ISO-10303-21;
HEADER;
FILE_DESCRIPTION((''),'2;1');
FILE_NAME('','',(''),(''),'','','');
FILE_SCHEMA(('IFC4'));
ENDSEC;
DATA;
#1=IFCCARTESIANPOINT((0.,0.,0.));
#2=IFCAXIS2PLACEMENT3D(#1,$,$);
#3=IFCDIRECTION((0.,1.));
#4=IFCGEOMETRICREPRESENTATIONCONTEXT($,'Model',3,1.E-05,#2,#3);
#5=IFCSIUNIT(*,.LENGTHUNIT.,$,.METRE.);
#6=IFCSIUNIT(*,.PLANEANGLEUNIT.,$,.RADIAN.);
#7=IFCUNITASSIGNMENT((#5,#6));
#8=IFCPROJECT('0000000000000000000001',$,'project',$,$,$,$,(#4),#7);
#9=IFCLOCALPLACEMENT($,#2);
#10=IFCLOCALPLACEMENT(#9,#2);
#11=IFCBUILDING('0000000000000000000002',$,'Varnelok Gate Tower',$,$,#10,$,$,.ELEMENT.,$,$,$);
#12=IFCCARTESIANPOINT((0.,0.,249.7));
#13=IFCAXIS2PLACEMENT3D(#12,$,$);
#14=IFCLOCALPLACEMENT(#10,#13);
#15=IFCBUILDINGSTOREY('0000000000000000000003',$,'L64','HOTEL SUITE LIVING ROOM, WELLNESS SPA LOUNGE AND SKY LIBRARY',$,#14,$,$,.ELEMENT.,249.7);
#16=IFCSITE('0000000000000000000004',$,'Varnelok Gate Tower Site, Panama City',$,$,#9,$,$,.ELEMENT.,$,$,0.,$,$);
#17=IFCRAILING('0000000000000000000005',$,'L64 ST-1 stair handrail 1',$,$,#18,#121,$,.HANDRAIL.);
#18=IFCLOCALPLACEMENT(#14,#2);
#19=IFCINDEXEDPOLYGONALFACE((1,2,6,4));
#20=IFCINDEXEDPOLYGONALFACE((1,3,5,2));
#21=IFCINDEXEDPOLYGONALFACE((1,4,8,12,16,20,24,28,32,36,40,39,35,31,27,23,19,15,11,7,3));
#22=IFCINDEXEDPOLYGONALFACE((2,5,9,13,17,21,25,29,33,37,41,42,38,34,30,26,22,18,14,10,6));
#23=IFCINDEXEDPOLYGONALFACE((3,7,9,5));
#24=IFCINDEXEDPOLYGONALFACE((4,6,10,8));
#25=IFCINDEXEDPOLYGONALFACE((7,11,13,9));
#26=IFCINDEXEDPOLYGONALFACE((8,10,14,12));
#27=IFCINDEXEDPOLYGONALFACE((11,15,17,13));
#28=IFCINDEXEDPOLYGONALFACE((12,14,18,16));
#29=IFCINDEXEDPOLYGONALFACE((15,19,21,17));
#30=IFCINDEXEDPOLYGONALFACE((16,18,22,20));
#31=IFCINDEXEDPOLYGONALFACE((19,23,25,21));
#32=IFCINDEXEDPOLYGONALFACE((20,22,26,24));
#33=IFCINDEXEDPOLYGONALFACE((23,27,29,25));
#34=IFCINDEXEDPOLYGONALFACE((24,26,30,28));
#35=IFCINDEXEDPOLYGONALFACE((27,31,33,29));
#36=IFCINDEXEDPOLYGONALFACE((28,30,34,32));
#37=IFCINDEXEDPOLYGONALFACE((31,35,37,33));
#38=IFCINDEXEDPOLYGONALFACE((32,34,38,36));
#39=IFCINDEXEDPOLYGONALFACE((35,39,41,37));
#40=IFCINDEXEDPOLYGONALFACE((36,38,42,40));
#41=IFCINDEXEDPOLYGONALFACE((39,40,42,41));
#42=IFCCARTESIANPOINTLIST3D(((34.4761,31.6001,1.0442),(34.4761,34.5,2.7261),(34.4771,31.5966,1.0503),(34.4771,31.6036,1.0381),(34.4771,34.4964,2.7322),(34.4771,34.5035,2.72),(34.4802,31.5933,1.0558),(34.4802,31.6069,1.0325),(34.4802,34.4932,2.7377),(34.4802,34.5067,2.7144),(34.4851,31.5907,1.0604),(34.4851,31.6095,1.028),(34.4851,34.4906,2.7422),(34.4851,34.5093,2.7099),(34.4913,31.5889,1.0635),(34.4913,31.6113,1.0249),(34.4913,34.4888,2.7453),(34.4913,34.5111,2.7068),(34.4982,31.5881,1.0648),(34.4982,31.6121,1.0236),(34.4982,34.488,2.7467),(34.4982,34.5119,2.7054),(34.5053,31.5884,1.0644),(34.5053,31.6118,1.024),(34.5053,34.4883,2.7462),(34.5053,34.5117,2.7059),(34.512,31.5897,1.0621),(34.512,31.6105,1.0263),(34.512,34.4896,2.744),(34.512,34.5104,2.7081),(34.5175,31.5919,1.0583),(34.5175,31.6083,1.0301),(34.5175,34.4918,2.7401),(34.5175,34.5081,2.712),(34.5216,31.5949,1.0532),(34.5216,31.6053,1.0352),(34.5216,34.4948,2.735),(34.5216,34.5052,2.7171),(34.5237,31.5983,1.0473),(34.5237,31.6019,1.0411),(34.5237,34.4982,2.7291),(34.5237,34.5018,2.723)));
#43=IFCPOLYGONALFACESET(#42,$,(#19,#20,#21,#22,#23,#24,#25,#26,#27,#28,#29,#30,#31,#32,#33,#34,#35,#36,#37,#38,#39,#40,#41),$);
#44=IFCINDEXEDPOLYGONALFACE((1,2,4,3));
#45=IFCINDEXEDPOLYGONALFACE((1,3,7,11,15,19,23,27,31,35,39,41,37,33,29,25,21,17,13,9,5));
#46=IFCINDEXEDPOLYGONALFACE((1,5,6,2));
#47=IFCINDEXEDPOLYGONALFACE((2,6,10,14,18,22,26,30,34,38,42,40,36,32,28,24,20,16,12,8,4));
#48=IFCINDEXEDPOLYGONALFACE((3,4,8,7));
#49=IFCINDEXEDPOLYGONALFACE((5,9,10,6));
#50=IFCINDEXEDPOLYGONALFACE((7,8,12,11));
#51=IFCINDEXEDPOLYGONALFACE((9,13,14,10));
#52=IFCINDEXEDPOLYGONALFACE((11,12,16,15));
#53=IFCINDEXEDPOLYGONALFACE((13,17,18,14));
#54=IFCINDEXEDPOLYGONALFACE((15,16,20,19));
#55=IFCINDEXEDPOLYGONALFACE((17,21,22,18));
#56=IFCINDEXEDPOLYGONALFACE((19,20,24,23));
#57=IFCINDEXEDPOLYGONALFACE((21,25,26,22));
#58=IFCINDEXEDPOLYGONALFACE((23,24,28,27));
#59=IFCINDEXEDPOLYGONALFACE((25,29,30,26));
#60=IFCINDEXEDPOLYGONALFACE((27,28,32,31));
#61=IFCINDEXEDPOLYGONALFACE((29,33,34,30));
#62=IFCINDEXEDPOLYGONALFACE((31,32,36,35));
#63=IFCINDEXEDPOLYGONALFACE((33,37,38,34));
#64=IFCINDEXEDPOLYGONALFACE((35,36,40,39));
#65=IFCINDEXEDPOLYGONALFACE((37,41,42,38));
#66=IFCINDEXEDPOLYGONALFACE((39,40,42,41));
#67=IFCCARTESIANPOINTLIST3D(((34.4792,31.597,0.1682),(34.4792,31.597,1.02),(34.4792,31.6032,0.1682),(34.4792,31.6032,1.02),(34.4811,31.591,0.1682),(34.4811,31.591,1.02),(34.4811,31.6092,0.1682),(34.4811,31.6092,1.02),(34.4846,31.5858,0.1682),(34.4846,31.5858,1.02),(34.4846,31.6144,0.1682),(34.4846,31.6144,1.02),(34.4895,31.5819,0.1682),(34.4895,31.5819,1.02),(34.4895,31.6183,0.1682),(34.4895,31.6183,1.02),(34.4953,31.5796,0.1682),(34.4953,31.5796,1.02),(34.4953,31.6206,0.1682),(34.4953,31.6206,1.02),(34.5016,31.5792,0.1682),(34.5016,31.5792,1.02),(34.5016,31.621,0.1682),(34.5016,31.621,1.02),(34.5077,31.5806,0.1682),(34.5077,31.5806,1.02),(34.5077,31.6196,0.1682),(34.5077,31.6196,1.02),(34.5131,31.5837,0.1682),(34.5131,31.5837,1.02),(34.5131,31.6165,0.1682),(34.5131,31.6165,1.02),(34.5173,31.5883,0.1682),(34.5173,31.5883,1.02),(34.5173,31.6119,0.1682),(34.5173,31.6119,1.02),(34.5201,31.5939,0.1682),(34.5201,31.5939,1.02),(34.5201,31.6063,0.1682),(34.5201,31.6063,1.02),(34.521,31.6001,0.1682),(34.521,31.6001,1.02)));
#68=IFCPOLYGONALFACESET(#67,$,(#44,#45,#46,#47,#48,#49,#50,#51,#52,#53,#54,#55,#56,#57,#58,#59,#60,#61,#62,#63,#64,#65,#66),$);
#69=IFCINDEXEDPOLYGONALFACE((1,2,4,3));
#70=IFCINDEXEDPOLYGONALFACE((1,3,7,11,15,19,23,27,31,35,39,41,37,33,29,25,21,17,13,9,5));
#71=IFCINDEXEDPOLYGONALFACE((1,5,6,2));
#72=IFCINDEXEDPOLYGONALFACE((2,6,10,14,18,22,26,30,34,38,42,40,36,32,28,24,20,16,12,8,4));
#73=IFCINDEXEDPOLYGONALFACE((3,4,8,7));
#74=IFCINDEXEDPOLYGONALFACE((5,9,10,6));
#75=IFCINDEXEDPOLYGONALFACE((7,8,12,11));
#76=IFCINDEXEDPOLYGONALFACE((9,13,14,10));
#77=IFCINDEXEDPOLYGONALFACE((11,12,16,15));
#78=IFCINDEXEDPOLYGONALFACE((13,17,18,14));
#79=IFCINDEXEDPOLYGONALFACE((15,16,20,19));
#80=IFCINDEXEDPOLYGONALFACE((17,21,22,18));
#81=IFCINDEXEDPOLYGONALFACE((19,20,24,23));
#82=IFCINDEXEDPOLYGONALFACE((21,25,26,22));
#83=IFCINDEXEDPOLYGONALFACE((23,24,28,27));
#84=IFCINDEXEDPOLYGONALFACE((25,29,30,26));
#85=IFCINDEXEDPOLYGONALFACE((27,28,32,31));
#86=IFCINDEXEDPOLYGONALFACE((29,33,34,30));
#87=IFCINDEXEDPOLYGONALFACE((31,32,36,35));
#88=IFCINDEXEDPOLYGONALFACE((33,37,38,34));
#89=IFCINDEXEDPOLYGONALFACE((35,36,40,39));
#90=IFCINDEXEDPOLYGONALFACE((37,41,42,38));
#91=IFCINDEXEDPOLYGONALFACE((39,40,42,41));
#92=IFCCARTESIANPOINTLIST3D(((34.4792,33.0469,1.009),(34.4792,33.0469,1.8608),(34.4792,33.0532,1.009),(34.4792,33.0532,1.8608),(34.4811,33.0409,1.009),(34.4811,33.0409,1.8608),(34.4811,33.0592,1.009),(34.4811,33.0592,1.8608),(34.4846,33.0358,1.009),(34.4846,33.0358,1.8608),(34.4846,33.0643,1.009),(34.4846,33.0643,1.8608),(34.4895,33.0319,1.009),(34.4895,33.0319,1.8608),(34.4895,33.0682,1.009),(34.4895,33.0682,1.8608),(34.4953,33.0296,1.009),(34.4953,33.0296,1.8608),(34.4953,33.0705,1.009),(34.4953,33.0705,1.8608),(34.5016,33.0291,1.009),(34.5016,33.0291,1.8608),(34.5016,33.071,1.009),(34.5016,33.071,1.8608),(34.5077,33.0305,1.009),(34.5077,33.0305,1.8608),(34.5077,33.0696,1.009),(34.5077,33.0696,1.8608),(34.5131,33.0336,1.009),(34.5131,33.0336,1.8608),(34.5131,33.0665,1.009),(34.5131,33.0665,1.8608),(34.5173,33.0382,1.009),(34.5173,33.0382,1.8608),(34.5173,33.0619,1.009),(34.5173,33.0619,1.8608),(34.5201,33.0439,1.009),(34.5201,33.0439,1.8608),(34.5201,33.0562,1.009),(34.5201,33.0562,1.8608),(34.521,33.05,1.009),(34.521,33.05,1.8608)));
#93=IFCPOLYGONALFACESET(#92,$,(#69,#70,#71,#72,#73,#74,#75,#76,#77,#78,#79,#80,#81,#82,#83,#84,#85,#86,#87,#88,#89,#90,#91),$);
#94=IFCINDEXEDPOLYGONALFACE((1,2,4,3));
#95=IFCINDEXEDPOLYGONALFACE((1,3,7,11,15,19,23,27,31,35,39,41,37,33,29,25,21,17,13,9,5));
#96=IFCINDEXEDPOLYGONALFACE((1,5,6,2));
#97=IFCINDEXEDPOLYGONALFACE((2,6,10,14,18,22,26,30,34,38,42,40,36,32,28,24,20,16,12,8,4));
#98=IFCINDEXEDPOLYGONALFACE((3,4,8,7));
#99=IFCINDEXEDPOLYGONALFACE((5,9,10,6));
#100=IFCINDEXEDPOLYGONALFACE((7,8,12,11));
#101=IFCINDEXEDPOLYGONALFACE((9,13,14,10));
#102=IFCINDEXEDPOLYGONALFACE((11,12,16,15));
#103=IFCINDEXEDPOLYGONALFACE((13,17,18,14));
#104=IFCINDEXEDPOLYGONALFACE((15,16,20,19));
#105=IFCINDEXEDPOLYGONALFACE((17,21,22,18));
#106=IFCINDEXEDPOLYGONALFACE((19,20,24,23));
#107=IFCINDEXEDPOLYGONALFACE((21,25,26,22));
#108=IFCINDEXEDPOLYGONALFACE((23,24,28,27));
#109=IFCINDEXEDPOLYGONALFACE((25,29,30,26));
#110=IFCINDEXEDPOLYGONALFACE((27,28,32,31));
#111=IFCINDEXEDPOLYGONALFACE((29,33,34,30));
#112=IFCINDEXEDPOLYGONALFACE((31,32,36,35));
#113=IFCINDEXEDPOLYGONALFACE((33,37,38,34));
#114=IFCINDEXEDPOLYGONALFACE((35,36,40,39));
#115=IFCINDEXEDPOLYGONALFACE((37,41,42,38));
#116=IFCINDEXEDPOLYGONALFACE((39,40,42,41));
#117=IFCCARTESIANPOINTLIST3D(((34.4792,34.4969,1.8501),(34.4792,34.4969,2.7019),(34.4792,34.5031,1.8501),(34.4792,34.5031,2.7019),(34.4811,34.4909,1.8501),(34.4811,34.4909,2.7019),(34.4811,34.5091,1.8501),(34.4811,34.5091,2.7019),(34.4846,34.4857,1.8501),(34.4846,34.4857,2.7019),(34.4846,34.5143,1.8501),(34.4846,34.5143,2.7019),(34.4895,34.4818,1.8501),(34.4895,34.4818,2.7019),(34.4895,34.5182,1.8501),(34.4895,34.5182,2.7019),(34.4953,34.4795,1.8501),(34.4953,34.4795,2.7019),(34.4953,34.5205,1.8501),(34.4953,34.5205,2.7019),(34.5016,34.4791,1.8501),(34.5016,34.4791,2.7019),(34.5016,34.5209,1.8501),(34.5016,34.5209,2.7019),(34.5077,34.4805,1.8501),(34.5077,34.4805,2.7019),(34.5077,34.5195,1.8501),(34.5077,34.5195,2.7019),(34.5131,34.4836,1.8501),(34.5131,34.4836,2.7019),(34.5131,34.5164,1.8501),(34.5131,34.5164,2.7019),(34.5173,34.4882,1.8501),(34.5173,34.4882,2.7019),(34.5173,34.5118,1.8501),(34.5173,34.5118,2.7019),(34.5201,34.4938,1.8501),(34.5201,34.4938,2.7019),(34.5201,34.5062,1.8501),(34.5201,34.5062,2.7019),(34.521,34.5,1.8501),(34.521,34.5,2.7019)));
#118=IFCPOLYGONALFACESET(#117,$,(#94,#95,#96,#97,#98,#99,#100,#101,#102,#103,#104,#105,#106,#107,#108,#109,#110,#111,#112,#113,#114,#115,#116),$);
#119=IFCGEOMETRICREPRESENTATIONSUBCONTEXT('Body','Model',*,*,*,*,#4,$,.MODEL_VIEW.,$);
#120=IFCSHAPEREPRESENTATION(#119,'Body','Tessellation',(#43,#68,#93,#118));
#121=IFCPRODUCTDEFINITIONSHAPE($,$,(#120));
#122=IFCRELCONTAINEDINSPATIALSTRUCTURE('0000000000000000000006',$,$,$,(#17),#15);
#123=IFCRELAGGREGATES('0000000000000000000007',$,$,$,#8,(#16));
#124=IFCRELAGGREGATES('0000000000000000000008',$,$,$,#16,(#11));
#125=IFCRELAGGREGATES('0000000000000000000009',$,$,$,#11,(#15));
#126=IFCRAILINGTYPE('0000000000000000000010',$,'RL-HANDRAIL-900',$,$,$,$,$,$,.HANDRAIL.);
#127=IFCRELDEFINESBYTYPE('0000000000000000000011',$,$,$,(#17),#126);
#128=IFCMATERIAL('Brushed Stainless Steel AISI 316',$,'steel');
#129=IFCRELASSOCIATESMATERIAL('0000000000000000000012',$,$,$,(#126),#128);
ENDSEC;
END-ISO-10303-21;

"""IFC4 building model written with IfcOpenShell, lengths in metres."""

from ifc_helpers import new_model, si_unit, direction, frame, origin, origin_2d, place, context, subcontext, project, spatial, circle, extrude, material, type_object, element, save


model = new_model("IFC4")

# Units and contexts
model_context = context("Model", 3, precision=1e-05, world=origin(), true_north=direction((0.0, 1.0)))
body_context = subcontext(model_context, "Body", "Model", "MODEL_VIEW")
ifc_project = project(units=[si_unit("LENGTHUNIT", "METRE"), si_unit("PLANEANGLEUNIT", "RADIAN")], contexts=[model_context])

# Site, building, storey
site_placement = place(None, origin())
site = spatial("IfcSite", under=ifc_project, at=site_placement, Name="Varnelok Gate Tower Site, Panama City", CompositionType="ELEMENT", RefElevation=0.0)
building_placement = place(site_placement, origin())
building = spatial("IfcBuilding", under=site, at=building_placement, Name="Varnelok Gate Tower", CompositionType="ELEMENT")
storey_placement = place(building_placement, frame((0.0, 0.0, 249.7)))
storey = spatial("IfcBuildingStorey", under=building, at=storey_placement, Name="L64", Description="HOTEL SUITE LIVING ROOM, WELLNESS SPA LOUNGE AND SKY LIBRARY", CompositionType="ELEMENT", Elevation=249.7)

# Railing
ifc_material_1 = material(Name="Brushed Stainless Steel AISI 316", Category="steel")
railing_type_1 = type_object("IfcRailingType", Name="RL-HANDRAIL-900", PredefinedType="HANDRAIL", material=ifc_material_1)
railing_1_placement = place(storey_placement, frame((34.5, 31.6001, 0.1682)))
element("IfcRailing", 1, at=railing_1_placement, inside=storey, type_object=railing_type_1, Name="L64 ST-1 stair handrail 1", PredefinedType="HANDRAIL", context=body_context, shape_type="SweptSolid", body=[
    extrude(circle(Radius=0.0239, at=origin_2d()), frame((0.0, 0.0, 0.876), z_axis=(0.0, 0.865039, 0.501705), x_axis=(-1.0, 0.0, 0.0)), (0.0, 0.0, 1.0), 3.3523),
    extrude(circle(Radius=0.021, at=origin_2d()), origin(), (0.0, 0.0, 1.0), 0.8518),
    extrude(circle(Radius=0.021, at=origin_2d()), frame((0.0, 1.45, 0.8408)), (0.0, 0.0, 1.0), 0.8518),
    extrude(circle(Radius=0.021, at=origin_2d()), frame((0.0, 2.8999, 1.6819)), (0.0, 0.0, 1.0), 0.8518),
])

save(model, "model.ifc")
